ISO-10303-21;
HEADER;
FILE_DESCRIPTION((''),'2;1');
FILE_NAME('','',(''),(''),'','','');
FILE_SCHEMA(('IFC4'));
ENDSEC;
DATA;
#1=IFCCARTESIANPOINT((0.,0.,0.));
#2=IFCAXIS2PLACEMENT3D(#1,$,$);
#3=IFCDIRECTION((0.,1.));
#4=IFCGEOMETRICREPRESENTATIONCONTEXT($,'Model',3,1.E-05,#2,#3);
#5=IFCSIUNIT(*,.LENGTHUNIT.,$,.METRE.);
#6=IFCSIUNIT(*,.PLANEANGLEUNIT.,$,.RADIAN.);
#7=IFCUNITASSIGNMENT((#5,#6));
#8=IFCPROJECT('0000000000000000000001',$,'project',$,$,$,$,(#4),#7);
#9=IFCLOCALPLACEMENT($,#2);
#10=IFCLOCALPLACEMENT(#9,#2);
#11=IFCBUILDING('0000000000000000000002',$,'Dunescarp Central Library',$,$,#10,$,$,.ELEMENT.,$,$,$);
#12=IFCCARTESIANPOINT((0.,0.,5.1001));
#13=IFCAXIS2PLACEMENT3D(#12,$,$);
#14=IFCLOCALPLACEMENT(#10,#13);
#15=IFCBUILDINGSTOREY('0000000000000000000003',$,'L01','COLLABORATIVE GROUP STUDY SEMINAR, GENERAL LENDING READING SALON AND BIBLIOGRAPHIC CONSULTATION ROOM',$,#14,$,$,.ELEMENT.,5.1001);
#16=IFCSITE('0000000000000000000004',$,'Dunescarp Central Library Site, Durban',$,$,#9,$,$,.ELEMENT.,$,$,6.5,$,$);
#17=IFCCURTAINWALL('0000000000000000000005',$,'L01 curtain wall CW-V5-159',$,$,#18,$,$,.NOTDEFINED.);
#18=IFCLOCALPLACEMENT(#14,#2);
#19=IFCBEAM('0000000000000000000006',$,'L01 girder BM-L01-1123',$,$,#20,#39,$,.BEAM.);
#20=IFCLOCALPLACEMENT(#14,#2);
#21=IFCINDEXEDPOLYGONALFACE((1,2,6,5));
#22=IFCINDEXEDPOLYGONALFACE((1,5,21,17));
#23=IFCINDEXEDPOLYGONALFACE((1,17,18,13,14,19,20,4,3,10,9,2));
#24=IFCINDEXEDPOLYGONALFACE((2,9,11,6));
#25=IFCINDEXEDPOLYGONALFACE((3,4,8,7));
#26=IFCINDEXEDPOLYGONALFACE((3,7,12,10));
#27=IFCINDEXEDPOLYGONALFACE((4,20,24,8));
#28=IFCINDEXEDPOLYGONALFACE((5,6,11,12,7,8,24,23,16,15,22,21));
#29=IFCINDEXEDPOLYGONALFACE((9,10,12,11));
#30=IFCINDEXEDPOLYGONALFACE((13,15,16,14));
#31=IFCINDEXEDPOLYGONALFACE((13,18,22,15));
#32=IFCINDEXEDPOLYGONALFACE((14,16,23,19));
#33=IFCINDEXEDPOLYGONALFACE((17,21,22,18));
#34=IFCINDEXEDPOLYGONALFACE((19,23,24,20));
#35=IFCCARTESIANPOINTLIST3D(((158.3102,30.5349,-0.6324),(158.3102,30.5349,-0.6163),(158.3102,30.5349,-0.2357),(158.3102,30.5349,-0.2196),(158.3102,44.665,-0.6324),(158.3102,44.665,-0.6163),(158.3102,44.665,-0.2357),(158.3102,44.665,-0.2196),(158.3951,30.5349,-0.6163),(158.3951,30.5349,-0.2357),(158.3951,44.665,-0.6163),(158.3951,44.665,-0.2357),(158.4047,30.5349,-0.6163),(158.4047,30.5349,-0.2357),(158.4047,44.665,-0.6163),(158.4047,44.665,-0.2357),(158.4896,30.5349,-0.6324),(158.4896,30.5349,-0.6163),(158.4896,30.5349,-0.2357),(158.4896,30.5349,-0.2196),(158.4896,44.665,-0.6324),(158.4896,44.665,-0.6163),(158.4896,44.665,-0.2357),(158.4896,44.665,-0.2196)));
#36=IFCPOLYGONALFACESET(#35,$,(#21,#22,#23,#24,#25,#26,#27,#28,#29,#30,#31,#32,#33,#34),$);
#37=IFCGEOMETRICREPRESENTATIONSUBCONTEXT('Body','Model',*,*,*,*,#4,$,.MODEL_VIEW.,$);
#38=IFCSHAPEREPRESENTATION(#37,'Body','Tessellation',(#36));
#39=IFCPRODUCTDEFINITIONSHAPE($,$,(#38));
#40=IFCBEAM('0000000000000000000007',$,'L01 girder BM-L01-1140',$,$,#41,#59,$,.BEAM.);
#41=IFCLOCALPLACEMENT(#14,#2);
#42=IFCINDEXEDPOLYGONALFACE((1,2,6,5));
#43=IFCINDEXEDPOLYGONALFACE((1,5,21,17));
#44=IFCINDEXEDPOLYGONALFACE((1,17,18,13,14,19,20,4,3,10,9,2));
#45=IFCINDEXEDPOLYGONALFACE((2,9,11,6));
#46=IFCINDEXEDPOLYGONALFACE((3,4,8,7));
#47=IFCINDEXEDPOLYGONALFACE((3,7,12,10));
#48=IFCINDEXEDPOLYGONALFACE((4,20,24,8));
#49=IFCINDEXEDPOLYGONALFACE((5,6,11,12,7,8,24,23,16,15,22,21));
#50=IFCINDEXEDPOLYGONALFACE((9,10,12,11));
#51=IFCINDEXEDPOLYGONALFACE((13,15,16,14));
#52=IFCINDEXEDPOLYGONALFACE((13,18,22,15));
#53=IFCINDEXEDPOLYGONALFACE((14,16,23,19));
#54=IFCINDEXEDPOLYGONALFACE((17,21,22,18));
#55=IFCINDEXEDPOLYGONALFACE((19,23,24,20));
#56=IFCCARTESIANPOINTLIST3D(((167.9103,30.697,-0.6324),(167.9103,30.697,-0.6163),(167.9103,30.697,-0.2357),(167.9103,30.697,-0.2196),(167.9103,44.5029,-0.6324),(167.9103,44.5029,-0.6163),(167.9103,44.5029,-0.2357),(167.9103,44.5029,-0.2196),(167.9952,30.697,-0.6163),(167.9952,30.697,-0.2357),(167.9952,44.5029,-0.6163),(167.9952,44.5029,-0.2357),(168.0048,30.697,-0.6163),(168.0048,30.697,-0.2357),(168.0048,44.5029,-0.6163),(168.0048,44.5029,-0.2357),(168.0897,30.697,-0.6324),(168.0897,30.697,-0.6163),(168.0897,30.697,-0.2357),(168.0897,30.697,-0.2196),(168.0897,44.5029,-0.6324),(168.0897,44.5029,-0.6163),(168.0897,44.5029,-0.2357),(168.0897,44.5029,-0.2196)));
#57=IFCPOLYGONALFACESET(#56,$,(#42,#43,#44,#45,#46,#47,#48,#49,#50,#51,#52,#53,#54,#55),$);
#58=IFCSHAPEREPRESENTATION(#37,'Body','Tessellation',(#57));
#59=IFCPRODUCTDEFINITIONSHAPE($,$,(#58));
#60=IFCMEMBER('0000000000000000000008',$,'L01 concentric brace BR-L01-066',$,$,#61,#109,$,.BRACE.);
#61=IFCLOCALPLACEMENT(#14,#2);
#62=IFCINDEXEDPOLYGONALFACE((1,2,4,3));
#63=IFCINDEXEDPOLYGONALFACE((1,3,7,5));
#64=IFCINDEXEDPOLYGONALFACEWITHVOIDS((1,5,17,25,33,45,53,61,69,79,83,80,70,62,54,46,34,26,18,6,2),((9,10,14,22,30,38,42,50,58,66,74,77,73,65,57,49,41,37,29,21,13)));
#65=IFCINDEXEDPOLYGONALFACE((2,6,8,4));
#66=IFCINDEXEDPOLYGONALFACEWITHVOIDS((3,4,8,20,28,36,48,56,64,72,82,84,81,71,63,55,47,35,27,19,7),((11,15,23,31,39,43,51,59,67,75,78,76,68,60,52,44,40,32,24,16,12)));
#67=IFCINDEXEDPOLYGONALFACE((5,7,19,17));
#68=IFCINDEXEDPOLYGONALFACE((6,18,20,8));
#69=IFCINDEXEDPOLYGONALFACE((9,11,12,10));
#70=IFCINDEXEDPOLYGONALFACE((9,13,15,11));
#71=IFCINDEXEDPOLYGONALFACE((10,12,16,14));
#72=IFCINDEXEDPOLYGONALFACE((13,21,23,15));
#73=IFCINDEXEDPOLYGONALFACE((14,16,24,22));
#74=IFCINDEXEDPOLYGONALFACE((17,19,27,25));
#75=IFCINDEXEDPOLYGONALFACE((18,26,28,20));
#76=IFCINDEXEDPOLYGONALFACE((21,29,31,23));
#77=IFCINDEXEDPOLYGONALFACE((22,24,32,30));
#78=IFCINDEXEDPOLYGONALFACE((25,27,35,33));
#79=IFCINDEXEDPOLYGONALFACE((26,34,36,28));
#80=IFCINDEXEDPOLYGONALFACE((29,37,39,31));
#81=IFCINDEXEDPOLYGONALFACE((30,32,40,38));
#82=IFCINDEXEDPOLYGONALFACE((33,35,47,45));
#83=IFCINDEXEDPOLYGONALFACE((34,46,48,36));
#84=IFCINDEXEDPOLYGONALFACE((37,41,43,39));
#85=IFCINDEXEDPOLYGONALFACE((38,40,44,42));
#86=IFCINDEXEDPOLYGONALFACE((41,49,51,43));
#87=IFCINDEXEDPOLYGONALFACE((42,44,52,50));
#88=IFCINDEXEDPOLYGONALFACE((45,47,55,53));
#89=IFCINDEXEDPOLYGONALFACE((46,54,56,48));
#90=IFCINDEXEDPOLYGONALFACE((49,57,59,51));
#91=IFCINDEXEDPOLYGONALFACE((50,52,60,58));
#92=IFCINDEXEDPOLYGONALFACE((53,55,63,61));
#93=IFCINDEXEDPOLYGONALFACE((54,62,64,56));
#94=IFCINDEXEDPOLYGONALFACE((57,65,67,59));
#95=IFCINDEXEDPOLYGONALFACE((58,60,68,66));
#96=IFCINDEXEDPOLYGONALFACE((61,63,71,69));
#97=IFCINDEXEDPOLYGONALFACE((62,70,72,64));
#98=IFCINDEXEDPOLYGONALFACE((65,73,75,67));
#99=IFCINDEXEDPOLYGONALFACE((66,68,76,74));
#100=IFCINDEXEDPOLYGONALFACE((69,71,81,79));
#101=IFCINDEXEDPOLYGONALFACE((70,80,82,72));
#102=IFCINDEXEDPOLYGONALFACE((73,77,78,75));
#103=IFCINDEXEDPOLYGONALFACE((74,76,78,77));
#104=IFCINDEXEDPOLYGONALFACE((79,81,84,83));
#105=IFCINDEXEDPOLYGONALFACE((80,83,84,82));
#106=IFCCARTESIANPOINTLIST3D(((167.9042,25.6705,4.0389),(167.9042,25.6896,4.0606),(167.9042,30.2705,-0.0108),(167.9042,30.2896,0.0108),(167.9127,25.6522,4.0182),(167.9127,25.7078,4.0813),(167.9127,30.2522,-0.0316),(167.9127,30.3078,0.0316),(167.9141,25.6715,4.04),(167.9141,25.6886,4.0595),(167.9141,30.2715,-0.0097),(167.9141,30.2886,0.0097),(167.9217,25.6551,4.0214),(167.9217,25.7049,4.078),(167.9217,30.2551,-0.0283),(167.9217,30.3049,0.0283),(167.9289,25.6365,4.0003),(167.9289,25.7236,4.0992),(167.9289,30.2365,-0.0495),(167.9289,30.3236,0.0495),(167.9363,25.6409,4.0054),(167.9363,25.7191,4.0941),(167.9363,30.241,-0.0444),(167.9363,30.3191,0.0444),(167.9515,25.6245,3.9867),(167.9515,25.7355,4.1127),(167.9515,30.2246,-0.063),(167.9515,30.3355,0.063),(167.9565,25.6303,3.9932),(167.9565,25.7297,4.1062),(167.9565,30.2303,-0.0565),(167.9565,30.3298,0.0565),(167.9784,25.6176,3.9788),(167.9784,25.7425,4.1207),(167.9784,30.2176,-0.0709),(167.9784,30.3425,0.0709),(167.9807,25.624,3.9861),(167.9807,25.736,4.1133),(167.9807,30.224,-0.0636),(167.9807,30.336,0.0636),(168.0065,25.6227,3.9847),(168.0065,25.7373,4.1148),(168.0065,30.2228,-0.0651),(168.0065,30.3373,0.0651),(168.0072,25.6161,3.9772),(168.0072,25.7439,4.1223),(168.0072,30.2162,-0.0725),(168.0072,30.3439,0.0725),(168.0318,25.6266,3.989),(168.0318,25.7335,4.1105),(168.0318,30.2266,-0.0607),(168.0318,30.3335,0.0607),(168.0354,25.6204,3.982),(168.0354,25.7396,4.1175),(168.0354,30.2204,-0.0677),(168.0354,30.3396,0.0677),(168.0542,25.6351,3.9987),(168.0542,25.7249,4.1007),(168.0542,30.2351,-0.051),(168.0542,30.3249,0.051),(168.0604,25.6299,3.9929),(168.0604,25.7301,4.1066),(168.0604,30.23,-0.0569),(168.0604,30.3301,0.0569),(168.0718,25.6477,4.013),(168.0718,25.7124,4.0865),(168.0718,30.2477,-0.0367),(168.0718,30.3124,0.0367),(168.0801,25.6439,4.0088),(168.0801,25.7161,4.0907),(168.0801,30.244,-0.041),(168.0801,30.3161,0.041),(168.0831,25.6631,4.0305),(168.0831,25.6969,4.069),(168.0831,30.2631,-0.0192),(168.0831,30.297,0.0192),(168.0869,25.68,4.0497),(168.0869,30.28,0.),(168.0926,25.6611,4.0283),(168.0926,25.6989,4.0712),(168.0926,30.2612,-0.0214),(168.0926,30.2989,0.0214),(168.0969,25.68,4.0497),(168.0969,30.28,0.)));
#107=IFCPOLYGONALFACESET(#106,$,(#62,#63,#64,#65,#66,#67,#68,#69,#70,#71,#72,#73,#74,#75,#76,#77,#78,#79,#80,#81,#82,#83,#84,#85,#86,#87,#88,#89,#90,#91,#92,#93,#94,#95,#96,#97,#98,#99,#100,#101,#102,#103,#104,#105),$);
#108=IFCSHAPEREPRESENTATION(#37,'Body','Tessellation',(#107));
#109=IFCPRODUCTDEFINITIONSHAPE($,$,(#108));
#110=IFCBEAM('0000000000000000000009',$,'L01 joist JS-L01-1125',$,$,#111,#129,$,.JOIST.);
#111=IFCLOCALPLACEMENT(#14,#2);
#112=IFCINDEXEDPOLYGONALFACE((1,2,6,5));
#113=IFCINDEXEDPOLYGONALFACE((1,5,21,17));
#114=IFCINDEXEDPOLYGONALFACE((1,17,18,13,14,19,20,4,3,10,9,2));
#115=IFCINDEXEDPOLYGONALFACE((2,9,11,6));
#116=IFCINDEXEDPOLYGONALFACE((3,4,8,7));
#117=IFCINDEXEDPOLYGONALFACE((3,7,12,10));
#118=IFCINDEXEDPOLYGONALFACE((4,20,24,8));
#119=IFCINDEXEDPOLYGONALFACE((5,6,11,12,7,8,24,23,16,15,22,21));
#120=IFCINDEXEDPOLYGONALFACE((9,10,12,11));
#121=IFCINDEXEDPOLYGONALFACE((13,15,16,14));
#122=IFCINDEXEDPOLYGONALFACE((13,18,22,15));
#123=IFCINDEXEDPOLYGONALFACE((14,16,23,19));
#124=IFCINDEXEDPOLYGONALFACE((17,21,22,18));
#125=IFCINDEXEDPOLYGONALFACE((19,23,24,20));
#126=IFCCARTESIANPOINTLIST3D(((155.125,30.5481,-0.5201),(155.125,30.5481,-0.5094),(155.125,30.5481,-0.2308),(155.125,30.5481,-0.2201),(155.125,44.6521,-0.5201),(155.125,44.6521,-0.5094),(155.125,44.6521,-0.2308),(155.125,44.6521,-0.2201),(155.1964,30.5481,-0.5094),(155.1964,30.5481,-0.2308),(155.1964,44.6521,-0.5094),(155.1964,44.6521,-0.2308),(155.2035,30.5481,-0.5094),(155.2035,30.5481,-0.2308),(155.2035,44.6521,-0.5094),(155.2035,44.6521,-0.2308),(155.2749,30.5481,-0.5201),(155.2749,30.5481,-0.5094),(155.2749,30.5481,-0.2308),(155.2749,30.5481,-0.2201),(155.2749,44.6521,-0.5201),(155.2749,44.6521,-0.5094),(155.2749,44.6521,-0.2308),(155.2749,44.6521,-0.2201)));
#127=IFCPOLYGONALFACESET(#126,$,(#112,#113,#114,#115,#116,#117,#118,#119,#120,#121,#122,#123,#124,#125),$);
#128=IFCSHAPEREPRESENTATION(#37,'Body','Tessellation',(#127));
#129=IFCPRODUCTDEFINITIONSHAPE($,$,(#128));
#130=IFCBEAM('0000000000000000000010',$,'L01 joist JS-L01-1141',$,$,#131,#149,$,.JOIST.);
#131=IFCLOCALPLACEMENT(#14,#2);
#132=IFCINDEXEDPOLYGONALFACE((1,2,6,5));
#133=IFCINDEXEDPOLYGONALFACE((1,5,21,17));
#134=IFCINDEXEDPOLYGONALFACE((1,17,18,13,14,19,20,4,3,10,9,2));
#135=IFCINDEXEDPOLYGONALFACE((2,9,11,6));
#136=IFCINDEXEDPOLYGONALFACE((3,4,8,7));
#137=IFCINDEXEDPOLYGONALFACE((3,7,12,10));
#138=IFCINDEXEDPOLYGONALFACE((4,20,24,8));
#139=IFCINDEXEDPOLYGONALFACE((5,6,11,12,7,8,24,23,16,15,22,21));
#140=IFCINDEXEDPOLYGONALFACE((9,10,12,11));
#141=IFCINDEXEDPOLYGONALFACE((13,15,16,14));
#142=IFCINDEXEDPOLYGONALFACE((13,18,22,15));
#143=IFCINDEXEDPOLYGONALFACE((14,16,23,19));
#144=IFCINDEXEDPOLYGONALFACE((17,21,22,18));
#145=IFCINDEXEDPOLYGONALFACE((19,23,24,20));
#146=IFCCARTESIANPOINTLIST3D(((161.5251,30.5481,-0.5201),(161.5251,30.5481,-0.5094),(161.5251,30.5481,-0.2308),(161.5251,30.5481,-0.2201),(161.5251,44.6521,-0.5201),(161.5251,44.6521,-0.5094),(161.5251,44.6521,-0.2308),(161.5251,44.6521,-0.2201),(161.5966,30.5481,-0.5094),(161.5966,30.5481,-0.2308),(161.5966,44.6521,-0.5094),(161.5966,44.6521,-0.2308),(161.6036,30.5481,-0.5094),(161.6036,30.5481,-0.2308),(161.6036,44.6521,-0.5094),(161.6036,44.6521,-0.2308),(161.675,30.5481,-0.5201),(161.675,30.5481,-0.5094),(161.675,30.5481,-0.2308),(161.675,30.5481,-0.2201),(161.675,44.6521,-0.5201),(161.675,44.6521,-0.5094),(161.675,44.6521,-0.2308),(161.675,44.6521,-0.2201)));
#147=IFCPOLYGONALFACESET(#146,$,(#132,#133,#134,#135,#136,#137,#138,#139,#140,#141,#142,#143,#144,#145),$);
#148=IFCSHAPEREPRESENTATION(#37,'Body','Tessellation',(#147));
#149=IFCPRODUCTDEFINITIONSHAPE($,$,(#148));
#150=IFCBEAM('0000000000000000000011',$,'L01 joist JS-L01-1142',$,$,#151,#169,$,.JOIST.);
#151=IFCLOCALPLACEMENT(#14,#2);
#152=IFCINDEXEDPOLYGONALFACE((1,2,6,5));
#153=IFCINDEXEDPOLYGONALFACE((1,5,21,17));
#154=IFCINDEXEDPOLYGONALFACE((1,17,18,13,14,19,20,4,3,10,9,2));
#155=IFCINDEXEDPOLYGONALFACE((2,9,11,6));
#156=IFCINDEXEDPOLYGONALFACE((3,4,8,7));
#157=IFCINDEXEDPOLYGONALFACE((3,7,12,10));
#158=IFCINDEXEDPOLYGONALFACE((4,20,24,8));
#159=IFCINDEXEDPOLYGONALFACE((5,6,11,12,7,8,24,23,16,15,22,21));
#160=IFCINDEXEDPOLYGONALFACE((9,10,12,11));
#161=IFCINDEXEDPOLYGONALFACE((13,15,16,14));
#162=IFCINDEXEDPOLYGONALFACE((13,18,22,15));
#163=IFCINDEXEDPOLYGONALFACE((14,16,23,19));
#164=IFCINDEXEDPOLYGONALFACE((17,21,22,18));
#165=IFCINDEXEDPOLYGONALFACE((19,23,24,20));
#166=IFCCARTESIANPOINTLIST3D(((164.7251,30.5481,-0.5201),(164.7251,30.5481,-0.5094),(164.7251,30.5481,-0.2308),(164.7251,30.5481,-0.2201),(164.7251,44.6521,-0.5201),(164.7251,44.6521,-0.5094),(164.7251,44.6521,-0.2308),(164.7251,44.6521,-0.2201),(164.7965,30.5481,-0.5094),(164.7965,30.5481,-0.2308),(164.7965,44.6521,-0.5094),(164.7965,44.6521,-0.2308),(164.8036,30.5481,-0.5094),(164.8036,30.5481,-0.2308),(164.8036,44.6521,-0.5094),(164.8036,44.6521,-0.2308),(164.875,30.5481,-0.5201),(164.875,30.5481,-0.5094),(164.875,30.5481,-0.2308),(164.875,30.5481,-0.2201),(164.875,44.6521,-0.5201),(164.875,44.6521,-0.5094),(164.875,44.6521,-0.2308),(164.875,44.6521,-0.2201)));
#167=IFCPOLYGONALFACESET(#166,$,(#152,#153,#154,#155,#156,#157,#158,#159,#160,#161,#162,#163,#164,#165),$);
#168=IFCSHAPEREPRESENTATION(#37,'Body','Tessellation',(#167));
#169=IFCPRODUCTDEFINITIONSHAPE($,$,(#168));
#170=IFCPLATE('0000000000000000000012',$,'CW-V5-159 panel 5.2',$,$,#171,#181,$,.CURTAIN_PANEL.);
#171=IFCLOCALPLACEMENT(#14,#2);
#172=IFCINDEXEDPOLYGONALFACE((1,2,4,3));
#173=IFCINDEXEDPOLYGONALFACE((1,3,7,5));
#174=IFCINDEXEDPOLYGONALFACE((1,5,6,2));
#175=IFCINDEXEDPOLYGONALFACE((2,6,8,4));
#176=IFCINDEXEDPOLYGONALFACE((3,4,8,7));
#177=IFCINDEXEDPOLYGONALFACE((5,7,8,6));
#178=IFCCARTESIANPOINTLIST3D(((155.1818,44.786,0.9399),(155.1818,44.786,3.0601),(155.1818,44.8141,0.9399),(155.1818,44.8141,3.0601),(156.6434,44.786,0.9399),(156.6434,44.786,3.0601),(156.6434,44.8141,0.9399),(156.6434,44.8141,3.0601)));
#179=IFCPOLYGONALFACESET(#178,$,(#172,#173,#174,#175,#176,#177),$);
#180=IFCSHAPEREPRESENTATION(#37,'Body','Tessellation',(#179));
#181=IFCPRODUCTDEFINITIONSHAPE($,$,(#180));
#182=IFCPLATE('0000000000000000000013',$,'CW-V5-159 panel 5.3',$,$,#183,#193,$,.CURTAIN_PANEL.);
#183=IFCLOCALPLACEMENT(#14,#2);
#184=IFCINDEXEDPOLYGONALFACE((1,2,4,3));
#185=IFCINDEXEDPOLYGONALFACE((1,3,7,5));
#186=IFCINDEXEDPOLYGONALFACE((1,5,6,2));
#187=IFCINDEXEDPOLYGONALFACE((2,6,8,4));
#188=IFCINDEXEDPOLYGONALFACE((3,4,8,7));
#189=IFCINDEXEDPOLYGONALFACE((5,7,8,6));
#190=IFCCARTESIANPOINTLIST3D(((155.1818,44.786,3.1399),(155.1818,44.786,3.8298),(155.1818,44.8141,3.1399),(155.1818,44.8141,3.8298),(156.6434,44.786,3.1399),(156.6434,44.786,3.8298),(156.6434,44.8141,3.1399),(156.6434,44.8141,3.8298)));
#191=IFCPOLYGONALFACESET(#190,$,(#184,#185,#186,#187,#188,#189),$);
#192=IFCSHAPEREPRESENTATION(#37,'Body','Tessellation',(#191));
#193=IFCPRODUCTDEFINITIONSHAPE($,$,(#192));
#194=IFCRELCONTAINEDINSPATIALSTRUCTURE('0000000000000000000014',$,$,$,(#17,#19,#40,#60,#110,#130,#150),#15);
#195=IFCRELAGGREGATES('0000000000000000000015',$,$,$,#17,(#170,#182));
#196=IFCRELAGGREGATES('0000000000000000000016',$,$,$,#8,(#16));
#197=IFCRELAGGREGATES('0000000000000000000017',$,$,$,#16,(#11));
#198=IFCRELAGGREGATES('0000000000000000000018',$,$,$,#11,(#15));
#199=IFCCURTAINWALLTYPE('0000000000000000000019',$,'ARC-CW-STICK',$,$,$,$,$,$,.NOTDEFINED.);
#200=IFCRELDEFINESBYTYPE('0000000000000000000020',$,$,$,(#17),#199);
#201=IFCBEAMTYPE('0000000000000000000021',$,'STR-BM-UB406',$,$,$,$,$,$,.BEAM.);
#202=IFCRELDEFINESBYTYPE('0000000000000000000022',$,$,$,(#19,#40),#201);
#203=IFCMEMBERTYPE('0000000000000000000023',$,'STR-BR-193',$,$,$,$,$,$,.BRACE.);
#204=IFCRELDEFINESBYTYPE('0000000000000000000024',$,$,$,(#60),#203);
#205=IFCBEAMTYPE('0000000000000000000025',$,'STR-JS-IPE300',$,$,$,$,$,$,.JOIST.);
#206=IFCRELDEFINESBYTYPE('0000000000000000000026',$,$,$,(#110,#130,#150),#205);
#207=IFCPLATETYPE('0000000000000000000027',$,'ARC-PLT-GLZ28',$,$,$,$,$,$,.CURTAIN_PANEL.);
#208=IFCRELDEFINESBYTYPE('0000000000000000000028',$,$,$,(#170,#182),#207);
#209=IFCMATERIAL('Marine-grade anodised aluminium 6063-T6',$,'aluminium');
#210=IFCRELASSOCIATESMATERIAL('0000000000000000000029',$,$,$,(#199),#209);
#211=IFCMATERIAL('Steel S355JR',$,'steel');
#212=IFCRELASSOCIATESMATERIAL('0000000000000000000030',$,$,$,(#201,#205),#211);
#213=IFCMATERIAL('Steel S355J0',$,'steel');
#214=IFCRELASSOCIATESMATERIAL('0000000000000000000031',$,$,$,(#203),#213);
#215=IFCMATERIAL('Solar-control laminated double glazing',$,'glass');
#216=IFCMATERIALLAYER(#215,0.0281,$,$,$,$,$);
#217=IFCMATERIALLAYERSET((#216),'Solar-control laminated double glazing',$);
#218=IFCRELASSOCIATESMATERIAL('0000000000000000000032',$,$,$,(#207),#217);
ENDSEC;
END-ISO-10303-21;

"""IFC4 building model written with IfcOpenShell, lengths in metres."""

from ifc_helpers import new_model, si_unit, direction, frame, origin, origin_2d, place, context, subcontext, project, spatial, rectangle, hollow_circle, i_section, extrude, material, layer, layer_set, material_profile, profile_set, type_object, element, aggregate, save


model = new_model("IFC4")

# Units and contexts
model_context = context("Model", 3, precision=1e-05, world=origin(), true_north=direction((0.0, 1.0)))
body_context = subcontext(model_context, "Body", "Model", "MODEL_VIEW")
ifc_project = project(units=[si_unit("LENGTHUNIT", "METRE"), si_unit("PLANEANGLEUNIT", "RADIAN")], contexts=[model_context])

# Site, building, storey
site_placement = place(None, origin())
site = spatial("IfcSite", under=ifc_project, at=site_placement, Name="Dunescarp Central Library Site, Durban", CompositionType="ELEMENT", RefElevation=6.5)
building_placement = place(site_placement, origin())
building = spatial("IfcBuilding", under=site, at=building_placement, Name="Dunescarp Central Library", CompositionType="ELEMENT")
storey_placement = place(building_placement, frame((0.0, 0.0, 5.1001)))
storey = spatial("IfcBuildingStorey", under=building, at=storey_placement, Name="L01", Description="COLLABORATIVE GROUP STUDY SEMINAR, GENERAL LENDING READING SALON AND BIBLIOGRAPHIC CONSULTATION ROOM", CompositionType="ELEMENT", Elevation=5.1001)

# Shared definitions
ifc_material_1 = material(Name="Steel S355JR", Category="steel")

# Curtain wall
ifc_material_2 = material(Name="Marine-grade anodised aluminium 6063-T6", Category="aluminium")
curtain_wall_type = type_object("IfcCurtainWallType", Name="ARC-CW-STICK", PredefinedType="NOTDEFINED", material=ifc_material_2)
curtain_wall_placement = place(storey_placement, origin())
curtain_wall = element("IfcCurtainWall", 1, at=curtain_wall_placement, inside=storey, type_object=curtain_wall_type, Name="L01 curtain wall CW-V5-159", PredefinedType="NOTDEFINED")

# Beams
ifc_material_profile_1 = material_profile(ifc_material_1, i_section(OverallWidth=0.1794, OverallDepth=0.4128, WebThickness=0.0095, FlangeThickness=0.0161, at=origin_2d()), Name="UB 406x178x74")
ifc_profile_set_1 = profile_set([ifc_material_profile_1], Name="Steel S355JR")
beam_type_1 = type_object("IfcBeamType", Name="STR-BM-UB406", PredefinedType="BEAM", material=ifc_profile_set_1)
beam_1_placement = place(storey_placement, frame((158.3999, 30.5349, -0.426), z_axis=(0.0, 1.0, 0.0), x_axis=(-1.0, 0.0, 0.0)))
element("IfcBeam", 2, at=beam_1_placement, inside=storey, type_object=beam_type_1, Name="L01 girder BM-L01-1123", PredefinedType="BEAM", context=body_context, shape_type="SweptSolid", body=[
    extrude(i_section(OverallWidth=0.1794, OverallDepth=0.4128, WebThickness=0.0095, FlangeThickness=0.0161, at=origin_2d()), origin(), (0.0, 0.0, 1.0), 14.1301),
])
beam_2_placement = place(storey_placement, frame((168.0, 30.697, -0.426), z_axis=(0.0, 1.0, 0.0), x_axis=(-1.0, 0.0, 0.0)))
element("IfcBeam", 3, at=beam_2_placement, inside=storey, type_object=beam_type_1, Name="L01 girder BM-L01-1140", PredefinedType="BEAM", context=body_context, shape_type="SweptSolid", body=[
    extrude(i_section(OverallWidth=0.1794, OverallDepth=0.4128, WebThickness=0.0095, FlangeThickness=0.0161, at=origin_2d()), origin(), (0.0, 0.0, 1.0), 13.8059),
])

# Member
ifc_material_3 = material(Name="Steel S355J0", Category="steel")
ifc_material_profile_2 = material_profile(ifc_material_3, hollow_circle(Radius=0.0969, WallThickness=0.01, at=origin_2d()), Name="CHS 193.7x10")
ifc_profile_set_2 = profile_set([ifc_material_profile_2], Name="Steel S355J0")
member_type_1 = type_object("IfcMemberType", Name="STR-BR-193", PredefinedType="BRACE", material=ifc_profile_set_2)
member_1_placement = place(storey_placement, frame((168.0, 30.28, 0.0), z_axis=(0.0, -0.750574, 0.660786), x_axis=(1.0, 0.0, 0.0)))
element("IfcMember", 4, at=member_1_placement, inside=storey, type_object=member_type_1, Name="L01 concentric brace BR-L01-066", PredefinedType="BRACE", context=body_context, shape_type="SweptSolid", body=[
    extrude(hollow_circle(Radius=0.0969, WallThickness=0.01, at=origin_2d()), origin(), (0.0, 0.0, 1.0), 6.1287),
])

# Beams
ifc_material_profile_3 = material_profile(ifc_material_1, i_section(OverallWidth=0.1499, OverallDepth=0.3, WebThickness=0.0071, FlangeThickness=0.0107, at=origin_2d()), Name="IPE 300")
ifc_profile_set_3 = profile_set([ifc_material_profile_3], Name="Steel S355JR")
beam_type_2 = type_object("IfcBeamType", Name="STR-JS-IPE300", PredefinedType="JOIST", material=ifc_profile_set_3)
for number, where, z_axis, x_axis, name in (
    (5, (155.2, 30.5481, -0.3701), (0.0, 1.0, 0.0), (-1.0, 0.0, 0.0), "L01 joist JS-L01-1125"),
    (6, (161.6001, 30.5481, -0.3701), (0.0, 1.0, 0.0), (-1.0, 0.0, 0.0), "L01 joist JS-L01-1141"),
    (7, (164.8, 30.5481, -0.3701), (0.0, 1.0, 0.0), (-1.0, 0.0, 0.0), "L01 joist JS-L01-1142"),
):
    element("IfcBeam", number, at=place(storey_placement, frame(where, z_axis=z_axis, x_axis=x_axis)), inside=storey, type_object=beam_type_2, Name=name, PredefinedType="JOIST", context=body_context, shape_type="SweptSolid", body=[
        extrude(i_section(OverallWidth=0.1499, OverallDepth=0.3, WebThickness=0.0071, FlangeThickness=0.0107, at=origin_2d()), origin(), (0.0, 0.0, 1.0), 14.104),
    ])

# Plates
ifc_material_4 = material(Name="Solar-control laminated double glazing", Category="glass")
ifc_layer_1 = layer(ifc_material_4, 0.0281)
ifc_layer_set_1 = layer_set([ifc_layer_1], Name="Solar-control laminated double glazing")
plate_type_1 = type_object("IfcPlateType", Name="ARC-PLT-GLZ28", PredefinedType="CURTAIN_PANEL", material=ifc_layer_set_1)
plate_1_placement = place(storey_placement, frame((155.9126, 44.8, 0.9399), z_axis=(0.0, 0.0, 1.0), x_axis=(1.0, 0.0, 0.0)))
plate_1 = element("IfcPlate", 8, at=plate_1_placement, type_object=plate_type_1, Name="CW-V5-159 panel 5.2", PredefinedType="CURTAIN_PANEL", context=body_context, shape_type="SweptSolid", body=[
    extrude(rectangle(XDim=1.4617, YDim=0.0281, at=origin_2d()), origin(), (0.0, 0.0, 1.0), 2.1201),
])
plate_2_placement = place(storey_placement, frame((155.9126, 44.8, 3.1399), z_axis=(0.0, 0.0, 1.0), x_axis=(1.0, 0.0, 0.0)))
plate_2 = element("IfcPlate", 9, at=plate_2_placement, type_object=plate_type_1, Name="CW-V5-159 panel 5.3", PredefinedType="CURTAIN_PANEL", context=body_context, shape_type="SweptSolid", body=[
    extrude(rectangle(XDim=1.4617, YDim=0.0281, at=origin_2d()), origin(), (0.0, 0.0, 1.0), 0.6899),
])
aggregate(curtain_wall, [plate_1, plate_2])

save(model, "model.ifc")
